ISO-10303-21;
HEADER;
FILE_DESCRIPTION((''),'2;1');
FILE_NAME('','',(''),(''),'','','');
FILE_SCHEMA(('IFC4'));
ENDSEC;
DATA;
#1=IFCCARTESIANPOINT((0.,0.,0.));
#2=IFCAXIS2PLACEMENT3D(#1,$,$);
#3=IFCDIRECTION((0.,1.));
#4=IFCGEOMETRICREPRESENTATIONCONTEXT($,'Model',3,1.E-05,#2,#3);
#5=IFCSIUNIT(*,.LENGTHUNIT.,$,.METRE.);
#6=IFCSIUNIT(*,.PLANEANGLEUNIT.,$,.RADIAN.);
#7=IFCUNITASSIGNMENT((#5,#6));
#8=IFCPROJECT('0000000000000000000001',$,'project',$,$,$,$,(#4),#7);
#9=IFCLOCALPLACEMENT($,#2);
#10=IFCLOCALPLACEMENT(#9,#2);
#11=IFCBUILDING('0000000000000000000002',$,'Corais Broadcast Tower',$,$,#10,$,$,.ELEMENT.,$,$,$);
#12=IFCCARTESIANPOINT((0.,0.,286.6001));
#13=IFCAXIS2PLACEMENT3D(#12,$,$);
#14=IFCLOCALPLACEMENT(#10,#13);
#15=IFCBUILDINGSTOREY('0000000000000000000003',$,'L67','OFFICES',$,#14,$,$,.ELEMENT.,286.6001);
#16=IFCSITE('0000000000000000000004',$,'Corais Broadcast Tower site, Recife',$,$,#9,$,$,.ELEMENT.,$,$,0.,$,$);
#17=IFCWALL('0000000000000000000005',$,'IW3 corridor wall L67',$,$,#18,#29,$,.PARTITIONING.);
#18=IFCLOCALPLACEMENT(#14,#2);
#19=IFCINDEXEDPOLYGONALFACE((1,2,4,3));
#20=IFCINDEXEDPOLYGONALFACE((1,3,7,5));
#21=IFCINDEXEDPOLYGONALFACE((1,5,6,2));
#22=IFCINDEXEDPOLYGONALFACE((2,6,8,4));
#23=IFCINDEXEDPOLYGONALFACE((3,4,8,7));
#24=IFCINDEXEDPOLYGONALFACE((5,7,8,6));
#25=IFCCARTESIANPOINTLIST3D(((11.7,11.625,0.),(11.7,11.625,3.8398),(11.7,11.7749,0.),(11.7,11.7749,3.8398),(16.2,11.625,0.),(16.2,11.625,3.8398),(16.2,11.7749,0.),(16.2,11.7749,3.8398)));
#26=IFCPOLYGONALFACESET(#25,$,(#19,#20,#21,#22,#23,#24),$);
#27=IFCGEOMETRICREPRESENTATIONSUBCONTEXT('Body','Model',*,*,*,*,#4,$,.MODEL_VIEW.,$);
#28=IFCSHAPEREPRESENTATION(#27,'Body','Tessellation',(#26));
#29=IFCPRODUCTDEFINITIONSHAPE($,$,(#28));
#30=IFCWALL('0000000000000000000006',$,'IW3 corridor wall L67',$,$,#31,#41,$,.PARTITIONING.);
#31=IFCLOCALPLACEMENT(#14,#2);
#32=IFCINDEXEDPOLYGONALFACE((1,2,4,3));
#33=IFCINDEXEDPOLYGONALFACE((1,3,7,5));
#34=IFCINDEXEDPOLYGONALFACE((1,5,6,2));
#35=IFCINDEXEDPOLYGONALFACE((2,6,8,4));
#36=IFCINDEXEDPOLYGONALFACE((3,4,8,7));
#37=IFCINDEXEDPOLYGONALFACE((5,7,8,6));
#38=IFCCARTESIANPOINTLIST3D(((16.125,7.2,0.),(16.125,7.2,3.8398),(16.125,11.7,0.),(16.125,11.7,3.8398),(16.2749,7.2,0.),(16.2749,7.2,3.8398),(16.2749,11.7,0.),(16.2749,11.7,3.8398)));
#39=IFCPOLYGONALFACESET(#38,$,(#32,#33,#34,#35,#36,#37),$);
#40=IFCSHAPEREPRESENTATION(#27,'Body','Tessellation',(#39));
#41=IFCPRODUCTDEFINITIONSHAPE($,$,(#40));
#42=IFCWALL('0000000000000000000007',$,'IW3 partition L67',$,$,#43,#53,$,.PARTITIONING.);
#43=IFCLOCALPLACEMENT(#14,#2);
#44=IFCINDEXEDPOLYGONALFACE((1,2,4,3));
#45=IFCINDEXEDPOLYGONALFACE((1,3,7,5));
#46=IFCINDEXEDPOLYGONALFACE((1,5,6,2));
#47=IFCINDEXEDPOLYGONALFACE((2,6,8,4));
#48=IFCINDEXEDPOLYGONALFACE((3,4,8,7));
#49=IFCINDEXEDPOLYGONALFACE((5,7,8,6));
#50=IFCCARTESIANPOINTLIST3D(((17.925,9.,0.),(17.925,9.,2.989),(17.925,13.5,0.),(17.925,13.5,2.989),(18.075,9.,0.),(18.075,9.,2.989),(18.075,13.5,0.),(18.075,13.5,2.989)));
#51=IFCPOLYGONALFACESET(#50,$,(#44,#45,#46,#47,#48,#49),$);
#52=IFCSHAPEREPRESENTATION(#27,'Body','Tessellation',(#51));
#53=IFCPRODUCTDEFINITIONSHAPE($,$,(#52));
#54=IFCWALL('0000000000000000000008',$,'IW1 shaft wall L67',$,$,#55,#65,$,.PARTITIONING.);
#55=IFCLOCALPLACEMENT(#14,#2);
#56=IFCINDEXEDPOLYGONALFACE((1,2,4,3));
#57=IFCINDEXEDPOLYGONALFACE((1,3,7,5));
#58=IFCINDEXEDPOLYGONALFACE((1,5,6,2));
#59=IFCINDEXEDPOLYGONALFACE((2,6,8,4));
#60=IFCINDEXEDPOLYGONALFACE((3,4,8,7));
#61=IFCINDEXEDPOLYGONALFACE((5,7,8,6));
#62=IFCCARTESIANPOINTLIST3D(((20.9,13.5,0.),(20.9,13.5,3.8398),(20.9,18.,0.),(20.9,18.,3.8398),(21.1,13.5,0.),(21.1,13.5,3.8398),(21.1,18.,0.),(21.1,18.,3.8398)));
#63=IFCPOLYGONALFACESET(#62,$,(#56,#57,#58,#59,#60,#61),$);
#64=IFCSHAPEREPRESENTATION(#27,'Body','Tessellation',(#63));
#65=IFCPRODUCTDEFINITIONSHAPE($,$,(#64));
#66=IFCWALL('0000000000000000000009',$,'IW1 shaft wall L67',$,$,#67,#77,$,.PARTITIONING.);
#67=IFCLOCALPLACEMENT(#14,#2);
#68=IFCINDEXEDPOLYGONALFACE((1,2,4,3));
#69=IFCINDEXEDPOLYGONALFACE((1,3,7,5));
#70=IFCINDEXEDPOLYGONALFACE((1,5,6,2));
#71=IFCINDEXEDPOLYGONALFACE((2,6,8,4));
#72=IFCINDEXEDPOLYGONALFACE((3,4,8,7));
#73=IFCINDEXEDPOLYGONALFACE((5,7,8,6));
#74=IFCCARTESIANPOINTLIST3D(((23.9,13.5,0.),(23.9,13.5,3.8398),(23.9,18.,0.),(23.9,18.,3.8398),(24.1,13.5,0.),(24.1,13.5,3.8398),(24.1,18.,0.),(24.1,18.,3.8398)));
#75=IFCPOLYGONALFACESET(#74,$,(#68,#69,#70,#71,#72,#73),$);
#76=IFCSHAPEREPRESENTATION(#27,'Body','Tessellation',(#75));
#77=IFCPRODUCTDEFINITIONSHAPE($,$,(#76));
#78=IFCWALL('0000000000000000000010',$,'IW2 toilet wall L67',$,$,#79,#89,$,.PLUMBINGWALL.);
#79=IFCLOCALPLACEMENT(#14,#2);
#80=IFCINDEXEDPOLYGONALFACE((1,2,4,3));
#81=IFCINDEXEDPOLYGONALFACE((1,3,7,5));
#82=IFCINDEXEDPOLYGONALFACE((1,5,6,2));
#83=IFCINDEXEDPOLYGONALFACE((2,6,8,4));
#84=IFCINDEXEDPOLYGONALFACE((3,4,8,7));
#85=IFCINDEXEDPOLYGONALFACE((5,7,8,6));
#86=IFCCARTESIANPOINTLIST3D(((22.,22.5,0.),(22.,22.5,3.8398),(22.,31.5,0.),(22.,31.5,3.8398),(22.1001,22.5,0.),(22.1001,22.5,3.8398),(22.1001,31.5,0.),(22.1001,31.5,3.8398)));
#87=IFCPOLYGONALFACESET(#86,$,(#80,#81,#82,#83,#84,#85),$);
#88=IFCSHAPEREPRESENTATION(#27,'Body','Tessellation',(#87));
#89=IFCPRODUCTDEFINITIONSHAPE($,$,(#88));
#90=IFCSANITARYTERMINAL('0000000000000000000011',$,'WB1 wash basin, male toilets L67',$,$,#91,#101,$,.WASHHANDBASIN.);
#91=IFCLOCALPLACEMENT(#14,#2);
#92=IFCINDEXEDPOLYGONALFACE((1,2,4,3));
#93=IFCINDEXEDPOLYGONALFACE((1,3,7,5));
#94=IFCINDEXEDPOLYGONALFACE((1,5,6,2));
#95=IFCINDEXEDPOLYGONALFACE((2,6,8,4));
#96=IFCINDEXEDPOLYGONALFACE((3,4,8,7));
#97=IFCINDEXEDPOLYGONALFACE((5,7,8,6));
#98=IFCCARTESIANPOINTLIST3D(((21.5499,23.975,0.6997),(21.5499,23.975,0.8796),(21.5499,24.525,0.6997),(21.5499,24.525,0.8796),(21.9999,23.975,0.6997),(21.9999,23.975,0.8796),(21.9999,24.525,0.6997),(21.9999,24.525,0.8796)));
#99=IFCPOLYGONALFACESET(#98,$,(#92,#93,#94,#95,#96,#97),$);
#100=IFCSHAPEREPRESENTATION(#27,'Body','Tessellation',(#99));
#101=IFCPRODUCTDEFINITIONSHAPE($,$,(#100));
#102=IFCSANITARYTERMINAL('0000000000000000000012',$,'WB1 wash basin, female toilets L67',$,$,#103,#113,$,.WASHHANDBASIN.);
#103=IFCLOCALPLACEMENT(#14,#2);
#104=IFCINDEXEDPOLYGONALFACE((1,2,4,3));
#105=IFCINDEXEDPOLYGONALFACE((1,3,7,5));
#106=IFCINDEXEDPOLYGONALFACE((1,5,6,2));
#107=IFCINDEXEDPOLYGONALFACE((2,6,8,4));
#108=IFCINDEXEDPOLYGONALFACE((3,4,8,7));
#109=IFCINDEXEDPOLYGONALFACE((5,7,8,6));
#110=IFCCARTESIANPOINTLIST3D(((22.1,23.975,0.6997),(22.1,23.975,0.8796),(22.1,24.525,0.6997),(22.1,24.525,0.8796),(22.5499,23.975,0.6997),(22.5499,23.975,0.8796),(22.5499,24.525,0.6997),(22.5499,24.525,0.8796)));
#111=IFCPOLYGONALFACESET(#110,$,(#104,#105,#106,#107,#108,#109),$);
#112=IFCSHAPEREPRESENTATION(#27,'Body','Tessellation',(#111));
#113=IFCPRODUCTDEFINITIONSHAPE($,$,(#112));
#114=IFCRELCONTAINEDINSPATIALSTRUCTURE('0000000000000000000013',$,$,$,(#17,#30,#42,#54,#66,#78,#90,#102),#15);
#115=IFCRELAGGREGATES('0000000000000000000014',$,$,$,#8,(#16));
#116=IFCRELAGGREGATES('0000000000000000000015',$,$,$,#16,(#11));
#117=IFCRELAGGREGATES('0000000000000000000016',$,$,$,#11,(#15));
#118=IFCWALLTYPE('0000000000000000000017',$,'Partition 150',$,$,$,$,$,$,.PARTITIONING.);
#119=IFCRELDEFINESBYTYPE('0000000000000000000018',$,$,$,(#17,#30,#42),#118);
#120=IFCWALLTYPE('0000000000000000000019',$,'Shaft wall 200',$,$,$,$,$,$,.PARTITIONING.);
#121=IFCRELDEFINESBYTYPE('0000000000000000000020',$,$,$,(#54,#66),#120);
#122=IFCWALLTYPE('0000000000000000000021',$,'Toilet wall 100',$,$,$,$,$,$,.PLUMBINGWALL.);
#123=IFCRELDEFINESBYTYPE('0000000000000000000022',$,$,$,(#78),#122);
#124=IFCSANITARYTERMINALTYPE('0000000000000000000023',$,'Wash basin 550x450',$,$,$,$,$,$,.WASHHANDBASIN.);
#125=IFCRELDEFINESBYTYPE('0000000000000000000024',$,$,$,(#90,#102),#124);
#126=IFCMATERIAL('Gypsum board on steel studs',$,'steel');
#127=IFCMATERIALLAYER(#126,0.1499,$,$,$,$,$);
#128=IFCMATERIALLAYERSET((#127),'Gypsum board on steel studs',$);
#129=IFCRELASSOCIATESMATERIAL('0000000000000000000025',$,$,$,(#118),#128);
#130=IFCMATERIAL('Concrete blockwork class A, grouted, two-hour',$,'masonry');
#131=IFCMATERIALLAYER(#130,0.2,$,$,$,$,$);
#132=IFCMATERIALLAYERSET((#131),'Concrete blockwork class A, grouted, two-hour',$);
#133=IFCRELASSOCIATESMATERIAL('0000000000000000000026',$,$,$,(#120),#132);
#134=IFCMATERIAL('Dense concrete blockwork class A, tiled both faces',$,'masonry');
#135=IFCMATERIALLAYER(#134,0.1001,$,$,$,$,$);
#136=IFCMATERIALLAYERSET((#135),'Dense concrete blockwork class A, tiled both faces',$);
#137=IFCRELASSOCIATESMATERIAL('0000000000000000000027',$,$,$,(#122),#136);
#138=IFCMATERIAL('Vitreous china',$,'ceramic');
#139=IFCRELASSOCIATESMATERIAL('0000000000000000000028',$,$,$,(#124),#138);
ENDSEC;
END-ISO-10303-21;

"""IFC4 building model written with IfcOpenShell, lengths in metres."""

from ifc_helpers import new_model, si_unit, direction, frame, frame_2d, origin, origin_2d, place, context, subcontext, project, spatial, rectangle, extrude, material, layer, layer_set, type_object, element, save


model = new_model("IFC4")

# Units and contexts
model_context = context("Model", 3, precision=1e-05, world=origin(), true_north=direction((0.0, 1.0)))
body_context = subcontext(model_context, "Body", "Model", "MODEL_VIEW")
ifc_project = project(units=[si_unit("LENGTHUNIT", "METRE"), si_unit("PLANEANGLEUNIT", "RADIAN")], contexts=[model_context])

# Site, building, storey
site_placement = place(None, origin())
site = spatial("IfcSite", under=ifc_project, at=site_placement, Name="Corais Broadcast Tower site, Recife", CompositionType="ELEMENT", RefElevation=0.0)
building_placement = place(site_placement, origin())
building = spatial("IfcBuilding", under=site, at=building_placement, Name="Corais Broadcast Tower", CompositionType="ELEMENT")
storey_placement = place(building_placement, frame((0.0, 0.0, 286.6001)))
storey = spatial("IfcBuildingStorey", under=building, at=storey_placement, Name="L67", Description="OFFICES", CompositionType="ELEMENT", Elevation=286.6001)

# Walls
ifc_material_1 = material(Name="Gypsum board on steel studs", Category="steel")
ifc_layer_1 = layer(ifc_material_1, 0.1499)
ifc_layer_set_1 = layer_set([ifc_layer_1], Name="Gypsum board on steel studs")
wall_type_1 = type_object("IfcWallType", Name="Partition 150", PredefinedType="PARTITIONING", material=ifc_layer_set_1)
for number, where, z_axis, x_axis, name in (
    (1, (11.7, 11.7, 0.0), (0.0, 0.0, 1.0), (1.0, 0.0, 0.0), "IW3 corridor wall L67"),
    (2, (16.2, 11.7, 0.0), (0.0, 0.0, 1.0), (0.0, -1.0, 0.0), "IW3 corridor wall L67"),
):
    element("IfcWall", number, at=place(storey_placement, frame(where, z_axis=z_axis, x_axis=x_axis)), inside=storey, type_object=wall_type_1, Name=name, PredefinedType="PARTITIONING", context=body_context, shape_type="SweptSolid", body=[
        extrude(rectangle(XDim=4.5, YDim=0.1499, at=frame_2d((2.25, 0.0))), origin(), (0.0, 0.0, 1.0), 3.8398),
    ])
wall_1_placement = place(storey_placement, frame((18.0, 13.5, 0.0), z_axis=(0.0, 0.0, 1.0), x_axis=(0.0, -1.0, 0.0)))
element("IfcWall", 3, at=wall_1_placement, inside=storey, type_object=wall_type_1, Name="IW3 partition L67", PredefinedType="PARTITIONING", context=body_context, shape_type="SweptSolid", body=[
    extrude(rectangle(XDim=4.5, YDim=0.1499, at=frame_2d((2.25, 0.0))), origin(), (0.0, 0.0, 1.0), 2.989),
])
ifc_material_2 = material(Name="Concrete blockwork class A, grouted, two-hour", Category="masonry")
ifc_layer_2 = layer(ifc_material_2, 0.2)
ifc_layer_set_2 = layer_set([ifc_layer_2], Name="Concrete blockwork class A, grouted, two-hour")
wall_type_2 = type_object("IfcWallType", Name="Shaft wall 200", PredefinedType="PARTITIONING", material=ifc_layer_set_2)
for number, where, z_axis, x_axis, name in (
    (4, (21.0, 13.5, 0.0), (0.0, 0.0, 1.0), (0.0, 1.0, 0.0), "IW1 shaft wall L67"),
    (5, (24.0, 13.5, 0.0), (0.0, 0.0, 1.0), (0.0, 1.0, 0.0), "IW1 shaft wall L67"),
):
    element("IfcWall", number, at=place(storey_placement, frame(where, z_axis=z_axis, x_axis=x_axis)), inside=storey, type_object=wall_type_2, Name=name, PredefinedType="PARTITIONING", context=body_context, shape_type="SweptSolid", body=[
        extrude(rectangle(XDim=4.5, YDim=0.2, at=frame_2d((2.25, 0.0))), origin(), (0.0, 0.0, 1.0), 3.8398),
    ])
ifc_material_3 = material(Name="Dense concrete blockwork class A, tiled both faces", Category="masonry")
ifc_layer_3 = layer(ifc_material_3, 0.1001)
ifc_layer_set_3 = layer_set([ifc_layer_3], Name="Dense concrete blockwork class A, tiled both faces")
wall_type_3 = type_object("IfcWallType", Name="Toilet wall 100", PredefinedType="PLUMBINGWALL", material=ifc_layer_set_3)
wall_2_placement = place(storey_placement, frame((22.05, 22.5, 0.0), z_axis=(0.0, 0.0, 1.0), x_axis=(0.0, 1.0, 0.0)))
element("IfcWall", 6, at=wall_2_placement, inside=storey, type_object=wall_type_3, Name="IW2 toilet wall L67", PredefinedType="PLUMBINGWALL", context=body_context, shape_type="SweptSolid", body=[
    extrude(rectangle(XDim=9.0, YDim=0.1001, at=frame_2d((4.5, 0.0))), origin(), (0.0, 0.0, 1.0), 3.8398),
])

# Sanitary terminals
ifc_material_4 = material(Name="Vitreous china", Category="ceramic")
sanitary_terminal_type = type_object("IfcSanitaryTerminalType", Name="Wash basin 550x450", PredefinedType="WASHHANDBASIN", material=ifc_material_4)
for number, where, z_axis, x_axis, name in (
    (7, (21.7749, 24.25, 0.6997), (0.0, 0.0, 1.0), (1.0, 0.0, 0.0), "WB1 wash basin, male toilets L67"),
    (8, (22.325, 24.25, 0.6997), (0.0, 0.0, 1.0), (1.0, 0.0, 0.0), "WB1 wash basin, female toilets L67"),
):
    element("IfcSanitaryTerminal", number, at=place(storey_placement, frame(where, z_axis=z_axis, x_axis=x_axis)), inside=storey, type_object=sanitary_terminal_type, Name=name, PredefinedType="WASHHANDBASIN", context=body_context, shape_type="SweptSolid", body=[
        extrude(rectangle(XDim=0.45, YDim=0.55, at=origin_2d()), origin(), (0.0, 0.0, 1.0), 0.1799),
    ])

save(model, "model.ifc")
